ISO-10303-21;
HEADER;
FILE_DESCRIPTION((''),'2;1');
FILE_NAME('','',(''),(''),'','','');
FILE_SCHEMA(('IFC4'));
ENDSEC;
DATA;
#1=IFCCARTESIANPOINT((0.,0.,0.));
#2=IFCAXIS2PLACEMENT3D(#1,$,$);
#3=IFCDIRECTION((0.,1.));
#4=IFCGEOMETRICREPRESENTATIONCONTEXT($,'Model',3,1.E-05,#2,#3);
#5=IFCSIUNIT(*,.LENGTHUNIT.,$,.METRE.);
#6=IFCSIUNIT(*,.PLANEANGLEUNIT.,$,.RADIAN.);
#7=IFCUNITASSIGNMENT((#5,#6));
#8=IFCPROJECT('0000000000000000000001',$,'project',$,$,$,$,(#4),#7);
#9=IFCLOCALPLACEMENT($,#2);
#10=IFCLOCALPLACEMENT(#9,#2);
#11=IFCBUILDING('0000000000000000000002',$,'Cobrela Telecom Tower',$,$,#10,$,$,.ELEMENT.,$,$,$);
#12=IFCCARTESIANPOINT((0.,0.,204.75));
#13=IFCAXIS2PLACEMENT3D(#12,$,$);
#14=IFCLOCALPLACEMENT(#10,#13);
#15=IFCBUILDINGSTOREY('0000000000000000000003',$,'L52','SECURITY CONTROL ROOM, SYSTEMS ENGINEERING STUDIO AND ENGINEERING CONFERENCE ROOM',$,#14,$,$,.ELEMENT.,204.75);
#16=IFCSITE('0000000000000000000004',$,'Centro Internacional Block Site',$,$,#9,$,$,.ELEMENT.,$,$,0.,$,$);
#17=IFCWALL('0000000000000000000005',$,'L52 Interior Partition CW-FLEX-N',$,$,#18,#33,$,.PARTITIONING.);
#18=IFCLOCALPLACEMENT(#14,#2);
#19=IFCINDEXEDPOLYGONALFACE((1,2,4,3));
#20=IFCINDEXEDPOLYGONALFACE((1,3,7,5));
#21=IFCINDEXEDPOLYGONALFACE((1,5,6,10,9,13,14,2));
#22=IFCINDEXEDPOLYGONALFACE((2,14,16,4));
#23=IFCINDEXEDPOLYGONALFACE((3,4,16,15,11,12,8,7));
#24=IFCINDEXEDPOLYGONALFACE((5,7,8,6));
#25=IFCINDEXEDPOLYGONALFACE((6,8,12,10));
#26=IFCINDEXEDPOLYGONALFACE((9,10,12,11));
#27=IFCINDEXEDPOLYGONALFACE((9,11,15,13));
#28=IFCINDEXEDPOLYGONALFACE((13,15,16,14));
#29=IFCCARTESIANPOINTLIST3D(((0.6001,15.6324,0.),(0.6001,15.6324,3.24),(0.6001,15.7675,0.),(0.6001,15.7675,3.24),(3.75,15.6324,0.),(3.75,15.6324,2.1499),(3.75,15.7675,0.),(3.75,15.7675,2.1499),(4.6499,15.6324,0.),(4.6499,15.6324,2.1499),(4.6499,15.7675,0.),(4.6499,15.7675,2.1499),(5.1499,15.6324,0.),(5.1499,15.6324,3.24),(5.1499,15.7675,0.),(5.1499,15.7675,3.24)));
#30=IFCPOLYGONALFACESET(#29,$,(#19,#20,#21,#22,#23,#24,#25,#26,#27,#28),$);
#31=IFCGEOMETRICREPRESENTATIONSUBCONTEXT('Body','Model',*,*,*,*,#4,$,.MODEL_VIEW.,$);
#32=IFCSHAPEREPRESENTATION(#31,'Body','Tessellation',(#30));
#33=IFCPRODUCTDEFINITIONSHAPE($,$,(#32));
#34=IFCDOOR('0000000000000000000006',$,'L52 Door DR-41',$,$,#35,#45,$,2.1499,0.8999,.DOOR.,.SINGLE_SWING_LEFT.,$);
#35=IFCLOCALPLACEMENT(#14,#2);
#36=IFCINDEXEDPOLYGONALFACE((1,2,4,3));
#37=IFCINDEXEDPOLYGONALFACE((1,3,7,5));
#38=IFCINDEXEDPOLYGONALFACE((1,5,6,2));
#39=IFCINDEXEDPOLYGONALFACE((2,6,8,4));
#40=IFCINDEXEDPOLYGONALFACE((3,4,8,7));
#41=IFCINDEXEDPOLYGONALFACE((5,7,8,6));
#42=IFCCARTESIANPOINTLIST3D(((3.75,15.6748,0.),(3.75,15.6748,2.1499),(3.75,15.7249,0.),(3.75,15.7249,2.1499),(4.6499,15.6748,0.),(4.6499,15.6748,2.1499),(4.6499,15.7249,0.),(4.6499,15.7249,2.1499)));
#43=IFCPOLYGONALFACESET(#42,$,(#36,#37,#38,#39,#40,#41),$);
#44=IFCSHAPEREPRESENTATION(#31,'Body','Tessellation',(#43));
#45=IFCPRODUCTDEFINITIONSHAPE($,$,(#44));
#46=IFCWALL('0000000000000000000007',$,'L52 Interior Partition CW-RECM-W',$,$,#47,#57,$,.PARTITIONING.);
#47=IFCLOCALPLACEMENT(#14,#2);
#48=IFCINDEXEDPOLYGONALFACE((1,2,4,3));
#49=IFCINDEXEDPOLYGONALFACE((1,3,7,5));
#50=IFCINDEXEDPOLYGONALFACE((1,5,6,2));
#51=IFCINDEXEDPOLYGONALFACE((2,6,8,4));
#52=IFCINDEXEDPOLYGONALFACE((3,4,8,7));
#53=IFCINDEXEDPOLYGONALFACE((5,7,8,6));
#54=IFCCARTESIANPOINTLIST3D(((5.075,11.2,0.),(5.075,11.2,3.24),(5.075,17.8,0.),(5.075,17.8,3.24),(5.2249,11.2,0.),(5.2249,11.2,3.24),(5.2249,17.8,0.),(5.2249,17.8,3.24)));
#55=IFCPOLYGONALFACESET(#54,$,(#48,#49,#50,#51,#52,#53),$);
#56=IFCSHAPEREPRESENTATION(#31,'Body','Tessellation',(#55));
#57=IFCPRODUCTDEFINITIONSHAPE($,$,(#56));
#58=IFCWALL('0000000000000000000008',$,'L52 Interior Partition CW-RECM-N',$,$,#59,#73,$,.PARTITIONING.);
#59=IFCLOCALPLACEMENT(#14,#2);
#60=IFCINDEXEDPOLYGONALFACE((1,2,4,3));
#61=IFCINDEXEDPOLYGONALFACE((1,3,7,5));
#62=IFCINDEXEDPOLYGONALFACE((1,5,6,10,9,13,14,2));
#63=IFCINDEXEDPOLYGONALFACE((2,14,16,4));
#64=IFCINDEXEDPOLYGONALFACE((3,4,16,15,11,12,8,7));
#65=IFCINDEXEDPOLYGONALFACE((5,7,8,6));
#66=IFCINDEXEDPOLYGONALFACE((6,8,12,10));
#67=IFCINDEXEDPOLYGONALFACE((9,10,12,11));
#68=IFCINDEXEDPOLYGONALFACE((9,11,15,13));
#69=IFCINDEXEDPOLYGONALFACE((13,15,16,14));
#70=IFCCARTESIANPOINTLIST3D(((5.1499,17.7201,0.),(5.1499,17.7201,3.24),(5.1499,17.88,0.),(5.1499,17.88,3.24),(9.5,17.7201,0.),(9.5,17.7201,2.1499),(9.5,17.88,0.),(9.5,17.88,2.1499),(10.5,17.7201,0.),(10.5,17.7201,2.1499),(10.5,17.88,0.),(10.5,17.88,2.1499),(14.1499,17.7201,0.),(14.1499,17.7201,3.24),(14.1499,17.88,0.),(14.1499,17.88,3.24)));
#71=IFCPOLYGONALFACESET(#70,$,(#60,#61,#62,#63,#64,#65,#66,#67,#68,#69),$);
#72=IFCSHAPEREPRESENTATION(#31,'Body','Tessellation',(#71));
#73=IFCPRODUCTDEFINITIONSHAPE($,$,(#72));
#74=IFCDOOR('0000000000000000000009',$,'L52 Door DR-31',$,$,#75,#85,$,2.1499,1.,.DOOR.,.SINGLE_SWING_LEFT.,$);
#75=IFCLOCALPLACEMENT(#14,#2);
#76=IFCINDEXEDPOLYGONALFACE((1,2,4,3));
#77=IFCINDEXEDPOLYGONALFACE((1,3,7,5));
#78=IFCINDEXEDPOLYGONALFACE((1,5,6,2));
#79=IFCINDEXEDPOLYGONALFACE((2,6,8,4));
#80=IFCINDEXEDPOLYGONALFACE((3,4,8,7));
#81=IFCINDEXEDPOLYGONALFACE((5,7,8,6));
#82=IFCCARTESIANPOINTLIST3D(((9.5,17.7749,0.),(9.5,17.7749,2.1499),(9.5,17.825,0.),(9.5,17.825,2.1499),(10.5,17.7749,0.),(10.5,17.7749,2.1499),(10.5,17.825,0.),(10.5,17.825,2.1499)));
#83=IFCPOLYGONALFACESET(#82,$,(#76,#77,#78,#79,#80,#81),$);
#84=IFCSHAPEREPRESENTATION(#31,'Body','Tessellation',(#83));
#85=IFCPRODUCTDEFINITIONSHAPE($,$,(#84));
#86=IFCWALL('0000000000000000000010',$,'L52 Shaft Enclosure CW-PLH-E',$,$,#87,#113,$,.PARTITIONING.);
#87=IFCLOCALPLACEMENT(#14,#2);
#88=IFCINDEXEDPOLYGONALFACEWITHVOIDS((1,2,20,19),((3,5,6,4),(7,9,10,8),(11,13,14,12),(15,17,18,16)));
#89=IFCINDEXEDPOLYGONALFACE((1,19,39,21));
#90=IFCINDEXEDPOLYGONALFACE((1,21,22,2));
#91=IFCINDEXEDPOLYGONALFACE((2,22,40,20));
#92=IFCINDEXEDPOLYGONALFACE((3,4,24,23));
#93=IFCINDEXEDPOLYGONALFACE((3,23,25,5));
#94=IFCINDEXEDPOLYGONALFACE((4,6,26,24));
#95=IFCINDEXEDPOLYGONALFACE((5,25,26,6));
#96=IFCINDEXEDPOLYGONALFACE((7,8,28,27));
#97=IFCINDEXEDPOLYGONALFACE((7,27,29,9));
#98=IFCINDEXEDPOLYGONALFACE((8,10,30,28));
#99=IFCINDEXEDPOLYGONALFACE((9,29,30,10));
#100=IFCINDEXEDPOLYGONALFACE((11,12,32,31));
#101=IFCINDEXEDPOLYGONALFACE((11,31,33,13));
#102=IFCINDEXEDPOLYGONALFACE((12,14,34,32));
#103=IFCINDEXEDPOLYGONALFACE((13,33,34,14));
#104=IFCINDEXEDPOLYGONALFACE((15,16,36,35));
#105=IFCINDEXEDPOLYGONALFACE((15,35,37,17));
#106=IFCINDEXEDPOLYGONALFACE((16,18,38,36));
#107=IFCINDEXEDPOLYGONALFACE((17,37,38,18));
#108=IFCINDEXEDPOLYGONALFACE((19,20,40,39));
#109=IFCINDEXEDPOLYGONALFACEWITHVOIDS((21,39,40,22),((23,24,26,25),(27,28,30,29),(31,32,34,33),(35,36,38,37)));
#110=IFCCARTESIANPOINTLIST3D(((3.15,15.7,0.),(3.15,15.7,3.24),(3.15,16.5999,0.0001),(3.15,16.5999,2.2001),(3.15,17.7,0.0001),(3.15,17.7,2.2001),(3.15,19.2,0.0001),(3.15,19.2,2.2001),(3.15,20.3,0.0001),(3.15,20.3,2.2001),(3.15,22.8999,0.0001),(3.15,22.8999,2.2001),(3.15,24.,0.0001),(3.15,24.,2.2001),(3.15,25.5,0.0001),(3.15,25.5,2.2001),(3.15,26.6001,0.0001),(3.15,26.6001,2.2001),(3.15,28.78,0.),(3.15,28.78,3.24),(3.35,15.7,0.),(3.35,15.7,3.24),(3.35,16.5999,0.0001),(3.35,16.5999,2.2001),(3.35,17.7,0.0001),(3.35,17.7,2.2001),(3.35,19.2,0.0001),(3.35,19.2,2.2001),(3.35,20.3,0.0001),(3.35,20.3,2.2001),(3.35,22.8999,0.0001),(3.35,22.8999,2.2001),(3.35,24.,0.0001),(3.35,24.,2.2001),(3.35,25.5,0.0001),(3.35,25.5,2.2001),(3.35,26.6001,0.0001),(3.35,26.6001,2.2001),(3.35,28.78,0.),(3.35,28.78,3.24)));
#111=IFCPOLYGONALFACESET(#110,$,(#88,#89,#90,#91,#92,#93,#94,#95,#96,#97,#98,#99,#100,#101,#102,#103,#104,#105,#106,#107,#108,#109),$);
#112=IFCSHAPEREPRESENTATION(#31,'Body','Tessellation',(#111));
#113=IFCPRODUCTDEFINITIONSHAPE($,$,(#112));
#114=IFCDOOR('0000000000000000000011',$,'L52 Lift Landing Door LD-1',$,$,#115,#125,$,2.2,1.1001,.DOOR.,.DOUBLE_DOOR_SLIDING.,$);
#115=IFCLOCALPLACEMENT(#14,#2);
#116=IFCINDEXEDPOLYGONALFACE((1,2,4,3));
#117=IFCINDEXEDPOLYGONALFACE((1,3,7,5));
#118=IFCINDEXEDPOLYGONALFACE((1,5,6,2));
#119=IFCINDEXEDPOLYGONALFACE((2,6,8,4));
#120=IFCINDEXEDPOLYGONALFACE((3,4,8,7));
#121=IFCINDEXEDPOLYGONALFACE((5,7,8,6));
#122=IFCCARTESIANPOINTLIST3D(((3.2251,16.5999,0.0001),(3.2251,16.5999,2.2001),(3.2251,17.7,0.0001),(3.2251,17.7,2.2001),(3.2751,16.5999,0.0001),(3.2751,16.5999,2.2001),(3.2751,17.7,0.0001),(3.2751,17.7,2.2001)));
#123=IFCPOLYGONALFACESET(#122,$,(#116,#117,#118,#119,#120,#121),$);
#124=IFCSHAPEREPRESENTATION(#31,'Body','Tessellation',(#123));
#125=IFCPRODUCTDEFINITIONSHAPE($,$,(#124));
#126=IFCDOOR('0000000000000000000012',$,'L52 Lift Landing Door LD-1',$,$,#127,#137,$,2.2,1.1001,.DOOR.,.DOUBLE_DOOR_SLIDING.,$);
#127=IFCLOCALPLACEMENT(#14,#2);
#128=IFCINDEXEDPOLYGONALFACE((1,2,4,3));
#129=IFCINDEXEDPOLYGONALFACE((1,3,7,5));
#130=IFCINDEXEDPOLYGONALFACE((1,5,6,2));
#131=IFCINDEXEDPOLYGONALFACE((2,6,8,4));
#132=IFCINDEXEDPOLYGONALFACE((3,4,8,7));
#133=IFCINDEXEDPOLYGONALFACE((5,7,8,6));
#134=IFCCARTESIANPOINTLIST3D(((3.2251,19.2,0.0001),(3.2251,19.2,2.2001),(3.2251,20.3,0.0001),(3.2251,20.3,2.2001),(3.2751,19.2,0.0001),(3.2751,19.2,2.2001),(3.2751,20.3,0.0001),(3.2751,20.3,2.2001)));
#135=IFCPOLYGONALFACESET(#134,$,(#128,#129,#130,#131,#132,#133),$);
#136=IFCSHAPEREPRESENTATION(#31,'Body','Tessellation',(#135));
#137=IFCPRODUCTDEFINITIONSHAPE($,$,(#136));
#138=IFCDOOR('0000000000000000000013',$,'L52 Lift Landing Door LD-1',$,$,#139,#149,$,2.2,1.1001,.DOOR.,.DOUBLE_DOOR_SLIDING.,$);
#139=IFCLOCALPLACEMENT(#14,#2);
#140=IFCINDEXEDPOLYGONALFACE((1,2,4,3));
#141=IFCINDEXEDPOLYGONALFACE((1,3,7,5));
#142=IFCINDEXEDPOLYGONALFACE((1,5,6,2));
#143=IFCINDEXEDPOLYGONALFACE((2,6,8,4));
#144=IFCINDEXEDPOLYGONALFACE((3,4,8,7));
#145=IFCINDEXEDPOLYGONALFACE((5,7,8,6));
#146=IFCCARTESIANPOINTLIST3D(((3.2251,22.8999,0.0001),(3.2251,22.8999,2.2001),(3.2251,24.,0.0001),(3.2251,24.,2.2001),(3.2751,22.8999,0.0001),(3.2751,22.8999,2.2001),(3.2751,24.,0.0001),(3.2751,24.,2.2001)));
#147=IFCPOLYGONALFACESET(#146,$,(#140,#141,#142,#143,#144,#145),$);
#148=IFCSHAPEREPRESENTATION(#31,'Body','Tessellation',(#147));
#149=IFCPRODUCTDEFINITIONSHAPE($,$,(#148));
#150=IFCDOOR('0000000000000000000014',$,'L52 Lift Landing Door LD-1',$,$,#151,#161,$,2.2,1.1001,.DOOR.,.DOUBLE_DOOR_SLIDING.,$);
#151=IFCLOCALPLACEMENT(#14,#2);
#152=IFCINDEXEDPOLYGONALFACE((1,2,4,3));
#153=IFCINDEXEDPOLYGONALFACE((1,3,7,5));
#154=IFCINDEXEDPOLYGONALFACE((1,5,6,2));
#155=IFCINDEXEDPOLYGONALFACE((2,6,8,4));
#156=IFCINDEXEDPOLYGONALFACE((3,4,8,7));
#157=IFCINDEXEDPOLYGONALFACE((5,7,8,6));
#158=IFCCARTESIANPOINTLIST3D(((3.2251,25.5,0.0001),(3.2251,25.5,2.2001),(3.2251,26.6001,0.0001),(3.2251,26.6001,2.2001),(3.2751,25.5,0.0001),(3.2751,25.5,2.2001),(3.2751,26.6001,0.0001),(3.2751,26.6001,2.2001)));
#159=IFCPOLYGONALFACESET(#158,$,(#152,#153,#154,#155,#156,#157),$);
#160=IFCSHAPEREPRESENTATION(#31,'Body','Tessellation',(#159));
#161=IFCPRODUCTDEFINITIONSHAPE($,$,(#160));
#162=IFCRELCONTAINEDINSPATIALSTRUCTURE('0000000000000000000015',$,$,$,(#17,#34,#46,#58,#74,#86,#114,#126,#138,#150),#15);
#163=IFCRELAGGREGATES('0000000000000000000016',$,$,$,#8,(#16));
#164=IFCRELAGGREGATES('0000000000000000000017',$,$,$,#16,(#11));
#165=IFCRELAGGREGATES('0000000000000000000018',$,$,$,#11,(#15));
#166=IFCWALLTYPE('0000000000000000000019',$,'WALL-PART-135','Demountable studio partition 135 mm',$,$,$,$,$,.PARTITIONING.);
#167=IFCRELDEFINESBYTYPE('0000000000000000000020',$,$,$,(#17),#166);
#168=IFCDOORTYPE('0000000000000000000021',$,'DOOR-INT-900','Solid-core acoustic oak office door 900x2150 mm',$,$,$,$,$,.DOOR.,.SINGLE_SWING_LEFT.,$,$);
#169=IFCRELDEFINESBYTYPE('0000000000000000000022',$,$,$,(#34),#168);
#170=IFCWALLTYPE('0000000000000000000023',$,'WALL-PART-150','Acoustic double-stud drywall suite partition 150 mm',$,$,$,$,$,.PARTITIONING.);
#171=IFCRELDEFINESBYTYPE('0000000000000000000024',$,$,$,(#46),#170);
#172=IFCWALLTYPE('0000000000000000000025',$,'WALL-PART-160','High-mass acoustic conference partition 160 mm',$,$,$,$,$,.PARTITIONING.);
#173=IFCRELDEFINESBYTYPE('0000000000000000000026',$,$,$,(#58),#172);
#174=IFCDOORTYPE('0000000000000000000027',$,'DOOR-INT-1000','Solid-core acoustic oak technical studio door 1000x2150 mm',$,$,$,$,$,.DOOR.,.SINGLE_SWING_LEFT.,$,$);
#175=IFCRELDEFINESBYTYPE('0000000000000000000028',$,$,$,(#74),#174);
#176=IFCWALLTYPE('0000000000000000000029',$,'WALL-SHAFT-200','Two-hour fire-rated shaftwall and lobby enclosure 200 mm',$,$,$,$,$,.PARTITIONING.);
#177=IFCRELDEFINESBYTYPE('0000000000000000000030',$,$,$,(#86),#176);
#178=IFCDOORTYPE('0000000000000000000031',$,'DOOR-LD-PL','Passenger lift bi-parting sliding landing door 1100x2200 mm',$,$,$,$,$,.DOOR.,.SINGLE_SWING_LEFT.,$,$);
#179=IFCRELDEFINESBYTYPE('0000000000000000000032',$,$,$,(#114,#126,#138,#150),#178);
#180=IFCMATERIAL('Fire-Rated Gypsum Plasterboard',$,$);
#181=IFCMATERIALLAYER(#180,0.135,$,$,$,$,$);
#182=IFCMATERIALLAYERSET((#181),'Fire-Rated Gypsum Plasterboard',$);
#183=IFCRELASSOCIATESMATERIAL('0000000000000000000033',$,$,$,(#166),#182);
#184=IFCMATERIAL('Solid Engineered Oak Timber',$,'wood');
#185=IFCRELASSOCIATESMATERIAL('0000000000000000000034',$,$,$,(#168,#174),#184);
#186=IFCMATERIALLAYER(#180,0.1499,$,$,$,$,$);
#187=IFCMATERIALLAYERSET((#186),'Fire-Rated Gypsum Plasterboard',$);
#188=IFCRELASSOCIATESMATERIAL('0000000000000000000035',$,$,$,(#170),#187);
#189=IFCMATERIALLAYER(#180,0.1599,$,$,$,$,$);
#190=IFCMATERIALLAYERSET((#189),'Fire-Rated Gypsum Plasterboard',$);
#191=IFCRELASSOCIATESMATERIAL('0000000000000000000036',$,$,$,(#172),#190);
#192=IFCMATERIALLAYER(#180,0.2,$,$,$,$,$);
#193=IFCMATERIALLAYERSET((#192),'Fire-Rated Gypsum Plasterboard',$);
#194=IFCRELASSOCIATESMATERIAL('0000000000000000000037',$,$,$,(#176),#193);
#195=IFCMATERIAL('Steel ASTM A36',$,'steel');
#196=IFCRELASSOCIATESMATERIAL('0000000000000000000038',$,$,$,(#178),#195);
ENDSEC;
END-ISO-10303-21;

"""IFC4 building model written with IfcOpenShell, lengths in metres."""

from ifc_helpers import new_model, si_unit, direction, frame, frame_2d, origin, place, context, subcontext, project, spatial, rectangle, extrude, material, layer, layer_set, type_object, element, fill, save


model = new_model("IFC4")

# Units and contexts
model_context = context("Model", 3, precision=1e-05, world=origin(), true_north=direction((0.0, 1.0)))
body_context = subcontext(model_context, "Body", "Model", "MODEL_VIEW")
ifc_project = project(units=[si_unit("LENGTHUNIT", "METRE"), si_unit("PLANEANGLEUNIT", "RADIAN")], contexts=[model_context])

# Site, building, storey
site_placement = place(None, origin())
site = spatial("IfcSite", under=ifc_project, at=site_placement, Name="Centro Internacional Block Site", CompositionType="ELEMENT", RefElevation=0.0)
building_placement = place(site_placement, origin())
building = spatial("IfcBuilding", under=site, at=building_placement, Name="Cobrela Telecom Tower", CompositionType="ELEMENT")
storey_placement = place(building_placement, frame((0.0, 0.0, 204.75)))
storey = spatial("IfcBuildingStorey", under=building, at=storey_placement, Name="L52", Description="SECURITY CONTROL ROOM, SYSTEMS ENGINEERING STUDIO AND ENGINEERING CONFERENCE ROOM", CompositionType="ELEMENT", Elevation=204.75)

# Wall, opening, door
ifc_material_1 = material(Name="Fire-Rated Gypsum Plasterboard")
ifc_layer_1 = layer(ifc_material_1, 0.135)
ifc_layer_set_1 = layer_set([ifc_layer_1], Name="Fire-Rated Gypsum Plasterboard")
wall_type_1 = type_object("IfcWallType", Name="WALL-PART-135", Description="Demountable studio partition 135 mm", PredefinedType="PARTITIONING", material=ifc_layer_set_1)
wall_1_placement = place(storey_placement, frame((0.6001, 15.7, 0.0), z_axis=(0.0, 0.0, 1.0), x_axis=(1.0, 0.0, 0.0)))
wall_1 = element("IfcWall", 1, at=wall_1_placement, inside=storey, type_object=wall_type_1, Name="L52 Interior Partition CW-FLEX-N", PredefinedType="PARTITIONING", context=body_context, shape_type="SweptSolid", body=[
    extrude(rectangle(XDim=4.5498, YDim=0.135, at=frame_2d((2.2749, 0.0))), origin(), (0.0, 0.0, 1.0), 3.24),
])
opening_1_placement = place(wall_1_placement, frame((3.1499, 0.0, 0.0)))
opening_1 = element("IfcOpeningElement", 2, at=opening_1_placement, cuts=wall_1, PredefinedType="OPENING", context=body_context, shape_type="SweptSolid", body=[
    extrude(rectangle(XDim=0.8999, YDim=2.1499, at=frame_2d((0.45, 1.075))), frame((0.0, 0.0796, 0.0), z_axis=(0.0, -1.0, 0.0), x_axis=(1.0, 0.0, 0.0)), (0.0, 0.0, 1.0), 0.1589),
])
ifc_material_2 = material(Name="Solid Engineered Oak Timber", Category="wood")
door_type_1 = type_object("IfcDoorType", Name="DOOR-INT-900", Description="Solid-core acoustic oak office door 900x2150 mm", OperationType="SINGLE_SWING_LEFT", PredefinedType="DOOR", material=ifc_material_2)
door_1_placement = place(opening_1_placement, origin())
door_1 = element("IfcDoor", 3, at=door_1_placement, inside=storey, type_object=door_type_1, Name="L52 Door DR-41", OperationType="SINGLE_SWING_LEFT", OverallHeight=2.1499, OverallWidth=0.8999, PredefinedType="DOOR", context=body_context, shape_type="SweptSolid", body=[
    extrude(rectangle(XDim=0.8999, YDim=2.1499, at=frame_2d((0.45, 1.075))), frame((0.0, 0.0249, 0.0), z_axis=(0.0, -1.0, 0.0), x_axis=(1.0, 0.0, 0.0)), (0.0, 0.0, 1.0), 0.05),
])
fill(opening_1, door_1)

# Wall
ifc_layer_2 = layer(ifc_material_1, 0.1499)
ifc_layer_set_2 = layer_set([ifc_layer_2], Name="Fire-Rated Gypsum Plasterboard")
wall_type_2 = type_object("IfcWallType", Name="WALL-PART-150", Description="Acoustic double-stud drywall suite partition 150 mm", PredefinedType="PARTITIONING", material=ifc_layer_set_2)
wall_2_placement = place(storey_placement, frame((5.1499, 11.2, 0.0), z_axis=(0.0, 0.0, 1.0), x_axis=(0.0, 1.0, 0.0)))
element("IfcWall", 4, at=wall_2_placement, inside=storey, type_object=wall_type_2, Name="L52 Interior Partition CW-RECM-W", PredefinedType="PARTITIONING", context=body_context, shape_type="SweptSolid", body=[
    extrude(rectangle(XDim=6.6001, YDim=0.1499, at=frame_2d((3.3, 0.0))), origin(), (0.0, 0.0, 1.0), 3.24),
])

# Wall, opening, door
ifc_layer_3 = layer(ifc_material_1, 0.1599)
ifc_layer_set_3 = layer_set([ifc_layer_3], Name="Fire-Rated Gypsum Plasterboard")
wall_type_3 = type_object("IfcWallType", Name="WALL-PART-160", Description="High-mass acoustic conference partition 160 mm", PredefinedType="PARTITIONING", material=ifc_layer_set_3)
wall_3_placement = place(storey_placement, frame((5.1499, 17.8, 0.0), z_axis=(0.0, 0.0, 1.0), x_axis=(1.0, 0.0, 0.0)))
wall_3 = element("IfcWall", 5, at=wall_3_placement, inside=storey, type_object=wall_type_3, Name="L52 Interior Partition CW-RECM-N", PredefinedType="PARTITIONING", context=body_context, shape_type="SweptSolid", body=[
    extrude(rectangle(XDim=9.0, YDim=0.1599, at=frame_2d((4.5, 0.0))), origin(), (0.0, 0.0, 1.0), 3.24),
])
opening_2_placement = place(wall_3_placement, frame((4.3501, 0.0, 0.0)))
opening_2 = element("IfcOpeningElement", 6, at=opening_2_placement, cuts=wall_3, PredefinedType="OPENING", context=body_context, shape_type="SweptSolid", body=[
    extrude(rectangle(XDim=1.0, YDim=2.1499, at=frame_2d((0.5, 1.075))), frame((0.0, 0.0918, 0.0), z_axis=(0.0, -1.0, 0.0), x_axis=(1.0, 0.0, 0.0)), (0.0, 0.0, 1.0), 0.1838),
])
door_type_2 = type_object("IfcDoorType", Name="DOOR-INT-1000", Description="Solid-core acoustic oak technical studio door 1000x2150 mm", OperationType="SINGLE_SWING_LEFT", PredefinedType="DOOR", material=ifc_material_2)
door_2_placement = place(opening_2_placement, origin())
door_2 = element("IfcDoor", 7, at=door_2_placement, inside=storey, type_object=door_type_2, Name="L52 Door DR-31", OperationType="SINGLE_SWING_LEFT", OverallHeight=2.1499, OverallWidth=1.0, PredefinedType="DOOR", context=body_context, shape_type="SweptSolid", body=[
    extrude(rectangle(XDim=1.0, YDim=2.1499, at=frame_2d((0.5, 1.075))), frame((0.0, 0.0249, 0.0), z_axis=(0.0, -1.0, 0.0), x_axis=(1.0, 0.0, 0.0)), (0.0, 0.0, 1.0), 0.05),
])
fill(opening_2, door_2)

# Wall, openings, doors
ifc_layer_4 = layer(ifc_material_1, 0.2)
ifc_layer_set_4 = layer_set([ifc_layer_4], Name="Fire-Rated Gypsum Plasterboard")
wall_type_4 = type_object("IfcWallType", Name="WALL-SHAFT-200", Description="Two-hour fire-rated shaftwall and lobby enclosure 200 mm", PredefinedType="PARTITIONING", material=ifc_layer_set_4)
wall_4_placement = place(storey_placement, frame((3.25, 15.7, 0.0), z_axis=(0.0, 0.0, 1.0), x_axis=(0.0, 1.0, 0.0)))
wall_4 = element("IfcWall", 8, at=wall_4_placement, inside=storey, type_object=wall_type_4, Name="L52 Shaft Enclosure CW-PLH-E", PredefinedType="PARTITIONING", context=body_context, shape_type="SweptSolid", body=[
    extrude(rectangle(XDim=13.0801, YDim=0.2, at=frame_2d((6.54, 0.0))), origin(), (0.0, 0.0, 1.0), 3.24),
])
opening_3_placement = place(wall_4_placement, frame((0.8999, 0.0, 0.0)))
opening_3 = element("IfcOpeningElement", 9, at=opening_3_placement, cuts=wall_4, PredefinedType="OPENING", context=body_context, shape_type="SweptSolid", body=[
    extrude(rectangle(XDim=1.1001, YDim=2.2, at=frame_2d((0.55, 1.1001))), frame((0.0, 0.1118, 0.0), z_axis=(0.0, -1.0, 0.0), x_axis=(1.0, 0.0, 0.0)), (0.0, 0.0, 1.0), 0.2239),
])
opening_4_placement = place(wall_4_placement, frame((3.5, 0.0, 0.0)))
opening_4 = element("IfcOpeningElement", 10, at=opening_4_placement, cuts=wall_4, PredefinedType="OPENING", context=body_context, shape_type="SweptSolid", body=[
    extrude(rectangle(XDim=1.1001, YDim=2.2, at=frame_2d((0.55, 1.1001))), frame((0.0, 0.1118, 0.0), z_axis=(0.0, -1.0, 0.0), x_axis=(1.0, 0.0, 0.0)), (0.0, 0.0, 1.0), 0.2239),
])
opening_5_placement = place(wall_4_placement, frame((7.2, 0.0, 0.0)))
opening_5 = element("IfcOpeningElement", 11, at=opening_5_placement, cuts=wall_4, PredefinedType="OPENING", context=body_context, shape_type="SweptSolid", body=[
    extrude(rectangle(XDim=1.1001, YDim=2.2, at=frame_2d((0.55, 1.1001))), frame((0.0, 0.1118, 0.0), z_axis=(0.0, -1.0, 0.0), x_axis=(1.0, 0.0, 0.0)), (0.0, 0.0, 1.0), 0.2239),
])
opening_6_placement = place(wall_4_placement, frame((9.8, 0.0, 0.0)))
opening_6 = element("IfcOpeningElement", 12, at=opening_6_placement, cuts=wall_4, PredefinedType="OPENING", context=body_context, shape_type="SweptSolid", body=[
    extrude(rectangle(XDim=1.1001, YDim=2.2, at=frame_2d((0.55, 1.1001))), frame((0.0, 0.1118, 0.0), z_axis=(0.0, -1.0, 0.0), x_axis=(1.0, 0.0, 0.0)), (0.0, 0.0, 1.0), 0.2239),
])
ifc_material_3 = material(Name="Steel ASTM A36", Category="steel")
door_type_3 = type_object("IfcDoorType", Name="DOOR-LD-PL", Description="Passenger lift bi-parting sliding landing door 1100x2200 mm", OperationType="SINGLE_SWING_LEFT", PredefinedType="DOOR", material=ifc_material_3)
door_3_placement = place(opening_3_placement, origin())
door_3 = element("IfcDoor", 13, at=door_3_placement, inside=storey, type_object=door_type_3, Name="L52 Lift Landing Door LD-1", OperationType="DOUBLE_DOOR_SLIDING", OverallHeight=2.2, OverallWidth=1.1001, PredefinedType="DOOR", context=body_context, shape_type="SweptSolid", body=[
    extrude(rectangle(XDim=1.1001, YDim=2.2, at=frame_2d((0.55, 1.1001))), frame((0.0, 0.0249, 0.0), z_axis=(0.0, -1.0, 0.0), x_axis=(1.0, 0.0, 0.0)), (0.0, 0.0, 1.0), 0.05),
])
fill(opening_3, door_3)
door_4_placement = place(opening_4_placement, origin())
door_4 = element("IfcDoor", 14, at=door_4_placement, inside=storey, type_object=door_type_3, Name="L52 Lift Landing Door LD-1", OperationType="DOUBLE_DOOR_SLIDING", OverallHeight=2.2, OverallWidth=1.1001, PredefinedType="DOOR", context=body_context, shape_type="SweptSolid", body=[
    extrude(rectangle(XDim=1.1001, YDim=2.2, at=frame_2d((0.55, 1.1001))), frame((0.0, 0.0249, 0.0), z_axis=(0.0, -1.0, 0.0), x_axis=(1.0, 0.0, 0.0)), (0.0, 0.0, 1.0), 0.05),
])
fill(opening_4, door_4)
door_5_placement = place(opening_5_placement, origin())
door_5 = element("IfcDoor", 15, at=door_5_placement, inside=storey, type_object=door_type_3, Name="L52 Lift Landing Door LD-1", OperationType="DOUBLE_DOOR_SLIDING", OverallHeight=2.2, OverallWidth=1.1001, PredefinedType="DOOR", context=body_context, shape_type="SweptSolid", body=[
    extrude(rectangle(XDim=1.1001, YDim=2.2, at=frame_2d((0.55, 1.1001))), frame((0.0, 0.0249, 0.0), z_axis=(0.0, -1.0, 0.0), x_axis=(1.0, 0.0, 0.0)), (0.0, 0.0, 1.0), 0.05),
])
fill(opening_5, door_5)
door_6_placement = place(opening_6_placement, origin())
door_6 = element("IfcDoor", 16, at=door_6_placement, inside=storey, type_object=door_type_3, Name="L52 Lift Landing Door LD-1", OperationType="DOUBLE_DOOR_SLIDING", OverallHeight=2.2, OverallWidth=1.1001, PredefinedType="DOOR", context=body_context, shape_type="SweptSolid", body=[
    extrude(rectangle(XDim=1.1001, YDim=2.2, at=frame_2d((0.55, 1.1001))), frame((0.0, 0.0249, 0.0), z_axis=(0.0, -1.0, 0.0), x_axis=(1.0, 0.0, 0.0)), (0.0, 0.0, 1.0), 0.05),
])
fill(opening_6, door_6)

save(model, "model.ifc")
